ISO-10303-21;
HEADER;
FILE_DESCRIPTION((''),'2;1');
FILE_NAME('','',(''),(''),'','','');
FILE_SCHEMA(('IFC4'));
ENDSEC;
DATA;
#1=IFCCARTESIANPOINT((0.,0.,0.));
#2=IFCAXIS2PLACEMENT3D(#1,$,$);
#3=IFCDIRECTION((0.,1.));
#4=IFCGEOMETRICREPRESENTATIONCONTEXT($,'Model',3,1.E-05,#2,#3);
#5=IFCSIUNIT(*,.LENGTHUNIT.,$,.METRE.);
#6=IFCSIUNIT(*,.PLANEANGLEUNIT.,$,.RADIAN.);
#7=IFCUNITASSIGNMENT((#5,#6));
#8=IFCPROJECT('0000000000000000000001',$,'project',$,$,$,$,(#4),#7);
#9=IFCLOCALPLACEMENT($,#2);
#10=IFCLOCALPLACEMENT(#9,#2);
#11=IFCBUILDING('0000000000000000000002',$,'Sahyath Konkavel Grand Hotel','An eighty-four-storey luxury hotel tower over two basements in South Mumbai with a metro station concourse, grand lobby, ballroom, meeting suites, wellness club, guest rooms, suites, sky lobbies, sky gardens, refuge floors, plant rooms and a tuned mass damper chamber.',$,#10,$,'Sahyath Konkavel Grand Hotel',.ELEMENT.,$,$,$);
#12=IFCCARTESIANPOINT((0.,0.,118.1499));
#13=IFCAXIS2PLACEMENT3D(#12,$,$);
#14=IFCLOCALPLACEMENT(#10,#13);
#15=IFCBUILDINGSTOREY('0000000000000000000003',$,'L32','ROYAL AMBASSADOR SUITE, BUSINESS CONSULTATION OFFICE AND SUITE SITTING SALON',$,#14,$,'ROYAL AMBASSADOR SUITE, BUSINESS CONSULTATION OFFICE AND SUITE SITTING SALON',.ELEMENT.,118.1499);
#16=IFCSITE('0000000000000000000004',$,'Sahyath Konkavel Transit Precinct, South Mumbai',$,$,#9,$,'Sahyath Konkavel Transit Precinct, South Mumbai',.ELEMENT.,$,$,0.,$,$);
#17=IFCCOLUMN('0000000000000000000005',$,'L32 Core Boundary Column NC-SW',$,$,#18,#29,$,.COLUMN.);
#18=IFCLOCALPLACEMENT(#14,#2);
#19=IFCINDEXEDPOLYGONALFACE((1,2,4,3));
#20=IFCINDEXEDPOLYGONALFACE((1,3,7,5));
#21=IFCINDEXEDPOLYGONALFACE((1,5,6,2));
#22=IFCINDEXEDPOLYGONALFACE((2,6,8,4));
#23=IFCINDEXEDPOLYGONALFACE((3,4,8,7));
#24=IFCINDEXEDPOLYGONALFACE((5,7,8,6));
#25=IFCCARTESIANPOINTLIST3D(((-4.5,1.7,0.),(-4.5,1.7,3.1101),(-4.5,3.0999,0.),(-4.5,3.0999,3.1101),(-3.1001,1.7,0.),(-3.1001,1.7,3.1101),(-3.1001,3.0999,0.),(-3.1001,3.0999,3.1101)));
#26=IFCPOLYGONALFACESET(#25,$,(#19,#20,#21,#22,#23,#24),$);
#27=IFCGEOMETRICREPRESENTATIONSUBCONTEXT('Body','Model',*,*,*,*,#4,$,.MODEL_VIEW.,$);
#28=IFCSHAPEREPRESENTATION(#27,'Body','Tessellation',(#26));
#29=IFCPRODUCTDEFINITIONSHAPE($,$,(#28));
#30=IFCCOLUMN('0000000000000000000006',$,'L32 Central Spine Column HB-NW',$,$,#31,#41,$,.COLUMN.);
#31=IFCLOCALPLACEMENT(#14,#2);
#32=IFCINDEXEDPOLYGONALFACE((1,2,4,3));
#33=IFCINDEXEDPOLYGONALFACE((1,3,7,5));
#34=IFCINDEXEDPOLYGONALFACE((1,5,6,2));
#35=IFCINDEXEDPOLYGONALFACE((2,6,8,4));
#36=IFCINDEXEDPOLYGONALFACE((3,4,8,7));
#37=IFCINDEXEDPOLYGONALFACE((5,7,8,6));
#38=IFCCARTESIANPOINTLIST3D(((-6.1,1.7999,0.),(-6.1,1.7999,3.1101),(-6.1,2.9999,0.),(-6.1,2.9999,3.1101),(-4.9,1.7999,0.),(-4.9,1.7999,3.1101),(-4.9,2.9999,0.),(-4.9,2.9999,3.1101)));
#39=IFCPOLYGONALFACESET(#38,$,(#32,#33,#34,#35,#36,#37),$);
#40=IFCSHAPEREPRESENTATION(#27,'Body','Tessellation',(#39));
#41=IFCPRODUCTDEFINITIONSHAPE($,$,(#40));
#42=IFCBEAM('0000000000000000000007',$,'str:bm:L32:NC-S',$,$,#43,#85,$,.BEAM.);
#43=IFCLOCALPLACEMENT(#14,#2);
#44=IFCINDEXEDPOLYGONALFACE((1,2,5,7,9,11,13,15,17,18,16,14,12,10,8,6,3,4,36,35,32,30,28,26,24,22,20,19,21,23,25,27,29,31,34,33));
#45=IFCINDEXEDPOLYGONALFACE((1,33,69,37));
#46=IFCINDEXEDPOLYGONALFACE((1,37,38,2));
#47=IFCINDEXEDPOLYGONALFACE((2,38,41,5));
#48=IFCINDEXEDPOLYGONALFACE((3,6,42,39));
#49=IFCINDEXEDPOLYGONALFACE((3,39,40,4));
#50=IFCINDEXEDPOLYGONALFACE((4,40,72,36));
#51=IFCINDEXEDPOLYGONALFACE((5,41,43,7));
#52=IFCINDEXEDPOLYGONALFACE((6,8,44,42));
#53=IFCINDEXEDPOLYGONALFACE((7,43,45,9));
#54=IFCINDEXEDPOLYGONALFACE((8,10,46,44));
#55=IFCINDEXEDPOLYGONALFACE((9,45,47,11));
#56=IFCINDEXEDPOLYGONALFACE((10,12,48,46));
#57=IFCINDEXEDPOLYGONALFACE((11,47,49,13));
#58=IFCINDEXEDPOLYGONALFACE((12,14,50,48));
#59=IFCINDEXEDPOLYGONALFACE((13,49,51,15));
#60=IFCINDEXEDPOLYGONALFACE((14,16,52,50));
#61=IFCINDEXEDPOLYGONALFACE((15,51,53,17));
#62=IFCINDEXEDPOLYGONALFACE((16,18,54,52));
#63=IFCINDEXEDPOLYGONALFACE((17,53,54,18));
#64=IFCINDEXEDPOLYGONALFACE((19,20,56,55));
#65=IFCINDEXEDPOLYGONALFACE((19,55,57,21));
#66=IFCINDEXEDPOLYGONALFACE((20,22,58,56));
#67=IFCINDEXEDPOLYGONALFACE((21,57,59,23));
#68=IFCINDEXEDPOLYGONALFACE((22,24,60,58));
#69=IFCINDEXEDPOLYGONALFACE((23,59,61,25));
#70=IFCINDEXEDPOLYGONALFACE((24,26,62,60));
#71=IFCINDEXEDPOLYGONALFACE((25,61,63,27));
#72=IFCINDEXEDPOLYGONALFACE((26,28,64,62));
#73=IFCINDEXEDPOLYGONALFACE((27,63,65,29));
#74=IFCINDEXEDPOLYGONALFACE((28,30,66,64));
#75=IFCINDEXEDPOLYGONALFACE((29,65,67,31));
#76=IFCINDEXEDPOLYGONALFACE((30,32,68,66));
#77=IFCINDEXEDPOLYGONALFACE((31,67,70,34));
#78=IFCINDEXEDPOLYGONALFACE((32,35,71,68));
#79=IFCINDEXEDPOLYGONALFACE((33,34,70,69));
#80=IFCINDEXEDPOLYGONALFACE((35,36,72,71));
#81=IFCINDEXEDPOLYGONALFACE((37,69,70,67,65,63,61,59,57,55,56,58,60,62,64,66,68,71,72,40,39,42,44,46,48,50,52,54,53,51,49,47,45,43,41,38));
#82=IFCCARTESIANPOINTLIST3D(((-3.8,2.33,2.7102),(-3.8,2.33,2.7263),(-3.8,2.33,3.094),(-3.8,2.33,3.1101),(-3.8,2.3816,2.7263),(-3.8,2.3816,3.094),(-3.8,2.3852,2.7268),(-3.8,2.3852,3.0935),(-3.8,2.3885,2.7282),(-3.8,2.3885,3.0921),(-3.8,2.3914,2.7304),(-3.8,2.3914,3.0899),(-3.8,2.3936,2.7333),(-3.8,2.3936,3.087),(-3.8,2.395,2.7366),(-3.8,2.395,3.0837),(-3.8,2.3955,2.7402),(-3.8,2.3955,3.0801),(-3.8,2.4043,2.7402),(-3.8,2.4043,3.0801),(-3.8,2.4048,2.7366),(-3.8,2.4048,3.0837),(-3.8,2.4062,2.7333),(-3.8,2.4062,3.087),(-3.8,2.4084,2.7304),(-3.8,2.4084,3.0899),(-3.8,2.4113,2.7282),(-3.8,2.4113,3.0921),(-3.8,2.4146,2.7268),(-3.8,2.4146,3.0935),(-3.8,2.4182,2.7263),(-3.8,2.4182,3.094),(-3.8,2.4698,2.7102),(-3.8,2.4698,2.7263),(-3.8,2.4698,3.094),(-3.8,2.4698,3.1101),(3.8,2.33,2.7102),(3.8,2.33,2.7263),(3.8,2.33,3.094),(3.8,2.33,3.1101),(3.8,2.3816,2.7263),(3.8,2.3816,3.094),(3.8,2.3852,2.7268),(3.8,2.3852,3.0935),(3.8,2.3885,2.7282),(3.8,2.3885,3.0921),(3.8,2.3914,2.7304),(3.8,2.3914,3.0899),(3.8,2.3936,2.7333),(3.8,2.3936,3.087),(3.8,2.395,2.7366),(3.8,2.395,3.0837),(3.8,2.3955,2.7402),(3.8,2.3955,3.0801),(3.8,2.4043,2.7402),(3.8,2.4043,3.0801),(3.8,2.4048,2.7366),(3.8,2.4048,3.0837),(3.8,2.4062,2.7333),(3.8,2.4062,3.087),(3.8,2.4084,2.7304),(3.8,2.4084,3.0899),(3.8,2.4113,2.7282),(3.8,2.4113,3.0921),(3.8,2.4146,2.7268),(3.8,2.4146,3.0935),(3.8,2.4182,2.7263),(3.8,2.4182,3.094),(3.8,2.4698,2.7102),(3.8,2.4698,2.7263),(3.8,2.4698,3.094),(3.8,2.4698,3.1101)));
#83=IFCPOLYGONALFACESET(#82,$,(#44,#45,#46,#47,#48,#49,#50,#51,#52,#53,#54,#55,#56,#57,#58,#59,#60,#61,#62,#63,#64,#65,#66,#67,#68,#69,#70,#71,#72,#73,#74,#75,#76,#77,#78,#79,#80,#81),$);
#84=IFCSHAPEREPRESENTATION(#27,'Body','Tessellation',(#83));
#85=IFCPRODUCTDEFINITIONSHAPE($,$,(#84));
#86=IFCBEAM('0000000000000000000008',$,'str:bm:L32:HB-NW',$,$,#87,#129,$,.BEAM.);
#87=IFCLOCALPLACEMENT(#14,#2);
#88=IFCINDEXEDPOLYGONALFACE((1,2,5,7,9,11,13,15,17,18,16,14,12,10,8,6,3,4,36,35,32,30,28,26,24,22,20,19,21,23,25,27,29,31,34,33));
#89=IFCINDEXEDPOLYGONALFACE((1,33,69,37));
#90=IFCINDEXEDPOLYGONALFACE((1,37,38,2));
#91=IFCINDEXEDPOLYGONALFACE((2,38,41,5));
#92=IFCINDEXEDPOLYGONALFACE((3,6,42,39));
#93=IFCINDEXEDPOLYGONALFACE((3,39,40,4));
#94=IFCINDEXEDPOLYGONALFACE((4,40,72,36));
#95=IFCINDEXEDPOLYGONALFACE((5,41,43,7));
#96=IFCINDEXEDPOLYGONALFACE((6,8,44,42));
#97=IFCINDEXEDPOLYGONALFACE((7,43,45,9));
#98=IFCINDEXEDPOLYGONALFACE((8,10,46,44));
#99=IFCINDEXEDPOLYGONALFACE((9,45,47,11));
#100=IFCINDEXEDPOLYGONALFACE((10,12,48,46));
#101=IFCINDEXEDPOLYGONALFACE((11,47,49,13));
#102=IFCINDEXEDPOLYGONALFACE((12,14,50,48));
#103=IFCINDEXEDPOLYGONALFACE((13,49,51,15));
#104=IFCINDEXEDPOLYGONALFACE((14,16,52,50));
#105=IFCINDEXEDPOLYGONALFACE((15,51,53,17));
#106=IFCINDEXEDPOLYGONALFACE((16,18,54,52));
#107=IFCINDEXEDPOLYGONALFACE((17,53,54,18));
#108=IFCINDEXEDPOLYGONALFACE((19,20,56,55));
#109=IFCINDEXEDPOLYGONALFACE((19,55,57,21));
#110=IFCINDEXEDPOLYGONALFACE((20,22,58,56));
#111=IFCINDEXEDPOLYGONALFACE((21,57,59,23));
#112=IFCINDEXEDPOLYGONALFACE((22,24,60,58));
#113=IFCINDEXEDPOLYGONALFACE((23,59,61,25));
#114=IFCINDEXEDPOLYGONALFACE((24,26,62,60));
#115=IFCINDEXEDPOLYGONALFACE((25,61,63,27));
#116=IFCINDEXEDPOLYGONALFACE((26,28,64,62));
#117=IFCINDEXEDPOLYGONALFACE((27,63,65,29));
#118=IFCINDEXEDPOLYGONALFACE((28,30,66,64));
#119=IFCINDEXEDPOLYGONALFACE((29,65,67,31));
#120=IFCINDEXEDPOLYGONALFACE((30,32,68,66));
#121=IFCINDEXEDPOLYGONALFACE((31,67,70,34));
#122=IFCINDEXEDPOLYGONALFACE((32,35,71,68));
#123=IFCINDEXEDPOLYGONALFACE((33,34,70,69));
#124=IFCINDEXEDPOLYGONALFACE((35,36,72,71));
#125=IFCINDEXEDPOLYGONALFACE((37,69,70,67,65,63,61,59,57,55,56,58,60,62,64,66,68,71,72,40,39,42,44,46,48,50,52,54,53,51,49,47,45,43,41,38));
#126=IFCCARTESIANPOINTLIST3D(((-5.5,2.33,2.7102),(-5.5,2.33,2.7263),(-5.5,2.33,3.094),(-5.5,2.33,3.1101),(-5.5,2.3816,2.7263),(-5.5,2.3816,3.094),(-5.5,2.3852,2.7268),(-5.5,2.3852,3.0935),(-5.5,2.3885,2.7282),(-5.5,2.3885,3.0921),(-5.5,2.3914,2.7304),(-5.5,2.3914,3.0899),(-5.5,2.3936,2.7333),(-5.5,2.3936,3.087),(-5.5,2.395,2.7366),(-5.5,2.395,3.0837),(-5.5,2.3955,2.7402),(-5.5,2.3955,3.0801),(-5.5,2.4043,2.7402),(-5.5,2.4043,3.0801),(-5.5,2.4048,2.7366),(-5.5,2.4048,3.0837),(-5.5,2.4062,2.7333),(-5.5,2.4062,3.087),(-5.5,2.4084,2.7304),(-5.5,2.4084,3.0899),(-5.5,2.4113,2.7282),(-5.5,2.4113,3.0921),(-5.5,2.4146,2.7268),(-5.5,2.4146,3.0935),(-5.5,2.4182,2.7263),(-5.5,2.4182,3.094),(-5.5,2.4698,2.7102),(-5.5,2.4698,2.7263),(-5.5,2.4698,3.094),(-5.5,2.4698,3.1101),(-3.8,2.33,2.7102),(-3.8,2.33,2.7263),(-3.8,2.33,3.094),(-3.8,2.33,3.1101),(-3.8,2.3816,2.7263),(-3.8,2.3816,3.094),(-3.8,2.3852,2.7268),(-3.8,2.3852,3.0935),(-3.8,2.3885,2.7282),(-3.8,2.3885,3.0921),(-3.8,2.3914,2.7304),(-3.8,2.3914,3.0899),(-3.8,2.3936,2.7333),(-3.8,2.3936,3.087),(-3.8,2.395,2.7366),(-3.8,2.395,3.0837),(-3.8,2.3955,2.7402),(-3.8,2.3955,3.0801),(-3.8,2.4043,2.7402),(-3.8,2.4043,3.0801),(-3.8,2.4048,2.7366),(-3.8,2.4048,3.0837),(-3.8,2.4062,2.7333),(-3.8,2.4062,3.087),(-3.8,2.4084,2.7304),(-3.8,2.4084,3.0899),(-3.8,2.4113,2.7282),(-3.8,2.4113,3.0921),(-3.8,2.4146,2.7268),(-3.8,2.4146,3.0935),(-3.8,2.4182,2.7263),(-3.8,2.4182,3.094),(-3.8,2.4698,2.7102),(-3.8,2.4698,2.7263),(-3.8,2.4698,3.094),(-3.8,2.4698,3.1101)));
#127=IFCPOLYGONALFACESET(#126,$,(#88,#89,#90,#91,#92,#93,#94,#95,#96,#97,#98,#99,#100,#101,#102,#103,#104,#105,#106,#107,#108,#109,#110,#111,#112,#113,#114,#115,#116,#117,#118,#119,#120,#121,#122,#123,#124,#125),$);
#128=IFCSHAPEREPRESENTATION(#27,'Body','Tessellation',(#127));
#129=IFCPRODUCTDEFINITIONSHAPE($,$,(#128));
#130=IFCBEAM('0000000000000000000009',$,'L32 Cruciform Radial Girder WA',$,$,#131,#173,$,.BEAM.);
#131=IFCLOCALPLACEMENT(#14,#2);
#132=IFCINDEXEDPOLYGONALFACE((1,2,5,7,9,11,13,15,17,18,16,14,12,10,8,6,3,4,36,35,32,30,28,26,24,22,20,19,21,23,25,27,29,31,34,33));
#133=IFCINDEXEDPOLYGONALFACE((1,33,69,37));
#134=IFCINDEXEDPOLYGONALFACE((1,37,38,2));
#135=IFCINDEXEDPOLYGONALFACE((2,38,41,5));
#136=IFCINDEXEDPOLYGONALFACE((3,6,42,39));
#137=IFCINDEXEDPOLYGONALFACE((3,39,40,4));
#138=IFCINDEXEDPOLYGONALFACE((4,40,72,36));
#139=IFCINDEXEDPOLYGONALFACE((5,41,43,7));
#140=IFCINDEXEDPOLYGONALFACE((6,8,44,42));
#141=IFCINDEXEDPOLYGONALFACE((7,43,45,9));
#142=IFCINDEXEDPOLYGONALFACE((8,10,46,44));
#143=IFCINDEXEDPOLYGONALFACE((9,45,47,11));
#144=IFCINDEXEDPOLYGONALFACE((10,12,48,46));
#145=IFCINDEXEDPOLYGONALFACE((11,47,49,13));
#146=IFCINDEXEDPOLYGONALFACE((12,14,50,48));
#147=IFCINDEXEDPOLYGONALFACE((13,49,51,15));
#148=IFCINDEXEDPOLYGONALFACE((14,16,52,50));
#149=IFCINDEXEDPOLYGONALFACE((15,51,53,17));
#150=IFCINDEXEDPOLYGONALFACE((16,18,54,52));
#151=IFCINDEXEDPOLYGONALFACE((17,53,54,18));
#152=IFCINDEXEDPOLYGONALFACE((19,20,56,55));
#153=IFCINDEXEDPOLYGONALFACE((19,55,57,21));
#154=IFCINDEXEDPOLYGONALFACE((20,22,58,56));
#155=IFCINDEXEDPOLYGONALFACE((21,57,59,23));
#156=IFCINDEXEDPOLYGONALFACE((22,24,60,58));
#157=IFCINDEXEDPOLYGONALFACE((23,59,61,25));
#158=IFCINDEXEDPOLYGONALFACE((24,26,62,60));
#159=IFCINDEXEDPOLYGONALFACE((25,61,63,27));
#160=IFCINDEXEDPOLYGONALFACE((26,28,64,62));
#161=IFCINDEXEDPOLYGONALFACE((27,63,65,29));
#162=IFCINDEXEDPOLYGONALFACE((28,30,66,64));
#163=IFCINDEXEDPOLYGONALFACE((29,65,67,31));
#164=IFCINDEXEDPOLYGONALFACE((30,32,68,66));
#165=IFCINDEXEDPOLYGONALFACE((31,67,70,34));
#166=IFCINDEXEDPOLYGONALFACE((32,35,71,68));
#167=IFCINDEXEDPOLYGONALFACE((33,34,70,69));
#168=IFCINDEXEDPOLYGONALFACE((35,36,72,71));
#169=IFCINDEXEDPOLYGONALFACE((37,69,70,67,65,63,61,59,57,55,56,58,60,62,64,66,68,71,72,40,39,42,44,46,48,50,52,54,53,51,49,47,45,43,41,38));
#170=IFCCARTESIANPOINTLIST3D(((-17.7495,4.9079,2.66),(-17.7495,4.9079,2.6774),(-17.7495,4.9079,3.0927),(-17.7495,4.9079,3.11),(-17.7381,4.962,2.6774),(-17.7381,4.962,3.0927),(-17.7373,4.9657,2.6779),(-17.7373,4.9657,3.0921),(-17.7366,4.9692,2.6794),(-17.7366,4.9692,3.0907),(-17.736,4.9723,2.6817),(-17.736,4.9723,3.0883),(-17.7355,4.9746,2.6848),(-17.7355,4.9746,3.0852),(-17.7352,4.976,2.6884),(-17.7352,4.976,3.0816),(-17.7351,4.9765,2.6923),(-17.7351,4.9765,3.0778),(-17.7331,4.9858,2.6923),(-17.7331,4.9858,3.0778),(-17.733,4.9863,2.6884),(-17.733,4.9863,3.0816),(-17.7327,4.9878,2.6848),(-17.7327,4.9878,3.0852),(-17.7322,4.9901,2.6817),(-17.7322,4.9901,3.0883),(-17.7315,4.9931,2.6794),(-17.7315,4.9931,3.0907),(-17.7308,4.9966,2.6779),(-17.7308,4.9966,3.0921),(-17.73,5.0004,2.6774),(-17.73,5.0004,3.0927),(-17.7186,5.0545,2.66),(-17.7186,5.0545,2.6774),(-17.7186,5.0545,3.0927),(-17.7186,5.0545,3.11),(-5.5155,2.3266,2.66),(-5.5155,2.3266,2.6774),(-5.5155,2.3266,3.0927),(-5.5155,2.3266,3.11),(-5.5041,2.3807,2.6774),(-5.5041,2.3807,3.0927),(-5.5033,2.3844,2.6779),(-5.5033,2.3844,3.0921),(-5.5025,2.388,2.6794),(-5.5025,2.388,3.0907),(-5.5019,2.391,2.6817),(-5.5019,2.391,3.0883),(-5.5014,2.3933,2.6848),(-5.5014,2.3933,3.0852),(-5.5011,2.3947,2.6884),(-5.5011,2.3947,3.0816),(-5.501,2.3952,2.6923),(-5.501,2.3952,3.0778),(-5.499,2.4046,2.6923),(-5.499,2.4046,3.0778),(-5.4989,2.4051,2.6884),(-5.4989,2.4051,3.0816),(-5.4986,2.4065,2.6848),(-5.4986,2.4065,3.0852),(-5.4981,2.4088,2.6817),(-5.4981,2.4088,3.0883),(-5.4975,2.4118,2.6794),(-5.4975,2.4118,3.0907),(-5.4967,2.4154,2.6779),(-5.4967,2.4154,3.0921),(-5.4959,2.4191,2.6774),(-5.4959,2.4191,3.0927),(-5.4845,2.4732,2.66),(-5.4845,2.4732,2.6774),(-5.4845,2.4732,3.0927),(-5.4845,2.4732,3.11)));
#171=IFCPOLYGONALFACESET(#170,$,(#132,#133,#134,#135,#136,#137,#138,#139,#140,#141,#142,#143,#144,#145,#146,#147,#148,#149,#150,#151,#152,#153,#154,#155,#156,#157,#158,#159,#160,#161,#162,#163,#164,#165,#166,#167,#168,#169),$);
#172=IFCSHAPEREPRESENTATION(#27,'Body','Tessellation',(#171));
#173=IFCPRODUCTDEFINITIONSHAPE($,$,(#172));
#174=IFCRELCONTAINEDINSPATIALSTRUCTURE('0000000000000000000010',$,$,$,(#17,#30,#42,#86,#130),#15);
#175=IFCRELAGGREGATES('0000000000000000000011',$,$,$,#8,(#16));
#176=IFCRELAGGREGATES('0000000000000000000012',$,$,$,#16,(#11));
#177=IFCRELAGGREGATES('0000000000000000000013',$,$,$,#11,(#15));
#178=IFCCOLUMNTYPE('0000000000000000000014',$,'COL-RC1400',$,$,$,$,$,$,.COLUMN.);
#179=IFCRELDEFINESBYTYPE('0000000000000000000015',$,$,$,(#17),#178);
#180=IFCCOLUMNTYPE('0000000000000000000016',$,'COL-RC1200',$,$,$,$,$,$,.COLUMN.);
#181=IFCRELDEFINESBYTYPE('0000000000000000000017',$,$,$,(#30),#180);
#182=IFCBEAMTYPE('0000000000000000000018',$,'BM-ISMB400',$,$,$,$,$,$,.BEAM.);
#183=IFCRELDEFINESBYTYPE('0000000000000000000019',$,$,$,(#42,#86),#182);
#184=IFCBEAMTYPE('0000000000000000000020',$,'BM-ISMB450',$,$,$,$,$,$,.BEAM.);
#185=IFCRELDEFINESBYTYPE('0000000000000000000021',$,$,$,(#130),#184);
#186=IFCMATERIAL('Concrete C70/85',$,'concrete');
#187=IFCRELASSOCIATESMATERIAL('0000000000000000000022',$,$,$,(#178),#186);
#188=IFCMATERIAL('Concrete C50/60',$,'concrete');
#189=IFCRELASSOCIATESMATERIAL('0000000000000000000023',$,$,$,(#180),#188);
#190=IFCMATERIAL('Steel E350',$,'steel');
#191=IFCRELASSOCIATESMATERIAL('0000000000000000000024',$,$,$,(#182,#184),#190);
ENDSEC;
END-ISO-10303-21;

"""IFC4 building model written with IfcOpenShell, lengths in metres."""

from ifc_helpers import new_model, si_unit, direction, frame, origin, origin_2d, place, context, subcontext, project, spatial, rectangle, i_section, extrude, source, transform, mapped, material, material_profile, profile_set, type_object, element, save


model = new_model("IFC4")

# Units and contexts
model_context = context("Model", 3, precision=1e-05, world=origin(), true_north=direction((0.0, 1.0)))
body_context = subcontext(model_context, "Body", "Model", "MODEL_VIEW")
ifc_project = project(units=[si_unit("LENGTHUNIT", "METRE"), si_unit("PLANEANGLEUNIT", "RADIAN")], contexts=[model_context])

# Site, building, storey
site_placement = place(None, origin())
site = spatial("IfcSite", under=ifc_project, at=site_placement, Name="Sahyath Konkavel Transit Precinct, South Mumbai", LongName="Sahyath Konkavel Transit Precinct, South Mumbai", CompositionType="ELEMENT", RefElevation=0.0)
building_placement = place(site_placement, origin())
building = spatial("IfcBuilding", under=site, at=building_placement, Name="Sahyath Konkavel Grand Hotel", Description="An eighty-four-storey luxury hotel tower over two basements in South Mumbai with a metro station concourse, grand lobby, ballroom, meeting suites, wellness club, guest rooms, suites, sky lobbies, sky gardens, refuge floors, plant rooms and a tuned mass damper chamber.", LongName="Sahyath Konkavel Grand Hotel", CompositionType="ELEMENT")
storey_placement = place(building_placement, frame((0.0, 0.0, 118.1499)))
storey = spatial("IfcBuildingStorey", under=building, at=storey_placement, Name="L32", Description="ROYAL AMBASSADOR SUITE, BUSINESS CONSULTATION OFFICE AND SUITE SITTING SALON", LongName="ROYAL AMBASSADOR SUITE, BUSINESS CONSULTATION OFFICE AND SUITE SITTING SALON", CompositionType="ELEMENT", Elevation=118.1499)

# Columns
ifc_material_1 = material(Name="Concrete C70/85", Category="concrete")
ifc_material_profile_1 = material_profile(ifc_material_1, rectangle(XDim=1.3999, YDim=1.3999, at=origin_2d()), Name="RC 1400x1400")
ifc_profile_set_1 = profile_set([ifc_material_profile_1], Name="Concrete C70/85")
column_type_1 = type_object("IfcColumnType", Name="COL-RC1400", PredefinedType="COLUMN", material=ifc_profile_set_1)
shared_shape_1 = source(origin(), body_context, "Body", "SweptSolid", [
    extrude(rectangle(XDim=1.3999, YDim=1.3999, at=origin_2d()), origin(), (0.0, 0.0, 1.0), 3.1101),
])
column_1_placement = place(storey_placement, frame((-3.8, 2.3999, 0.0), z_axis=(0.0, 0.0, 1.0), x_axis=(1.0, 0.0, 0.0)))
element("IfcColumn", 1, at=column_1_placement, inside=storey, type_object=column_type_1, Name="L32 Core Boundary Column NC-SW", PredefinedType="COLUMN", context=body_context, shape_type="MappedRepresentation", body=[
    mapped(shared_shape_1, transform((0.0, 0.0, 0.0), scale=1.0)),
])
ifc_material_2 = material(Name="Concrete C50/60", Category="concrete")
ifc_material_profile_2 = material_profile(ifc_material_2, rectangle(XDim=1.2, YDim=1.2, at=origin_2d()), Name="RC 1200x1200")
ifc_profile_set_2 = profile_set([ifc_material_profile_2], Name="Concrete C50/60")
column_type_2 = type_object("IfcColumnType", Name="COL-RC1200", PredefinedType="COLUMN", material=ifc_profile_set_2)
shared_shape_2 = source(origin(), body_context, "Body", "SweptSolid", [
    extrude(rectangle(XDim=1.2, YDim=1.2, at=origin_2d()), origin(), (0.0, 0.0, 1.0), 3.1101),
])
column_2_placement = place(storey_placement, frame((-5.5, 2.3999, 0.0), z_axis=(0.0, 0.0, 1.0), x_axis=(1.0, 0.0, 0.0)))
element("IfcColumn", 2, at=column_2_placement, inside=storey, type_object=column_type_2, Name="L32 Central Spine Column HB-NW", PredefinedType="COLUMN", context=body_context, shape_type="MappedRepresentation", body=[
    mapped(shared_shape_2, transform((0.0, 0.0, 0.0), scale=1.0)),
])

# Beams
ifc_material_3 = material(Name="Steel E350", Category="steel")
ifc_material_profile_3 = material_profile(ifc_material_3, i_section(OverallWidth=0.1399, OverallDepth=0.3999, WebThickness=0.0088, FlangeThickness=0.0161, FilletRadius=0.0139, at=origin_2d()), Name="ISMB 400")
ifc_profile_set_3 = profile_set([ifc_material_profile_3], Name="Steel E350")
beam_type_1 = type_object("IfcBeamType", Name="BM-ISMB400", PredefinedType="BEAM", material=ifc_profile_set_3)
shared_shape_3 = source(origin(), body_context, "Body", "SweptSolid", [
    extrude(i_section(OverallWidth=0.1399, OverallDepth=0.3999, WebThickness=0.0088, FlangeThickness=0.0161, FilletRadius=0.0139, at=origin_2d()), origin(), (0.0, 0.0, 1.0), 7.6001),
])
beam_1_placement = place(storey_placement, frame((-3.8, 2.3999, 2.9102), z_axis=(1.0, 0.0, 0.0), x_axis=(0.0, 1.0, 0.0)))
element("IfcBeam", 3, at=beam_1_placement, inside=storey, type_object=beam_type_1, Name="str:bm:L32:NC-S", PredefinedType="BEAM", context=body_context, shape_type="MappedRepresentation", body=[
    mapped(shared_shape_3, transform((0.0, 0.0, 0.0), scale=1.0)),
])
shared_shape_4 = source(origin(), body_context, "Body", "SweptSolid", [
    extrude(i_section(OverallWidth=0.1399, OverallDepth=0.3999, WebThickness=0.0088, FlangeThickness=0.0161, FilletRadius=0.0139, at=origin_2d()), origin(), (0.0, 0.0, 1.0), 1.7),
])
beam_2_placement = place(storey_placement, frame((-5.5, 2.3999, 2.9102), z_axis=(1.0, 0.0, 0.0), x_axis=(0.0, 1.0, 0.0)))
element("IfcBeam", 4, at=beam_2_placement, inside=storey, type_object=beam_type_1, Name="str:bm:L32:HB-NW", PredefinedType="BEAM", context=body_context, shape_type="MappedRepresentation", body=[
    mapped(shared_shape_4, transform((0.0, 0.0, 0.0), scale=1.0)),
])
ifc_material_profile_4 = material_profile(ifc_material_3, i_section(OverallWidth=0.1499, OverallDepth=0.45, WebThickness=0.0095, FlangeThickness=0.0173, FilletRadius=0.0149, at=origin_2d()), Name="ISMB 450")
ifc_profile_set_4 = profile_set([ifc_material_profile_4], Name="Steel E350")
beam_type_2 = type_object("IfcBeamType", Name="BM-ISMB450", PredefinedType="BEAM", material=ifc_profile_set_4)
shared_shape_5 = source(origin(), body_context, "Body", "SweptSolid", [
    extrude(i_section(OverallWidth=0.1499, OverallDepth=0.45, WebThickness=0.0095, FlangeThickness=0.0173, FilletRadius=0.0149, at=origin_2d()), origin(), (0.0, 0.0, 1.0), 12.5034),
])
beam_3_placement = place(storey_placement, frame((-5.5, 2.3999, 2.885), z_axis=(-0.978458, 0.206446, 0.0), x_axis=(-0.206446, -0.978458, 0.0)))
element("IfcBeam", 5, at=beam_3_placement, inside=storey, type_object=beam_type_2, Name="L32 Cruciform Radial Girder WA", PredefinedType="BEAM", context=body_context, shape_type="MappedRepresentation", body=[
    mapped(shared_shape_5, transform((0.0, 0.0, 0.0), scale=1.0)),
])

save(model, "model.ifc")
